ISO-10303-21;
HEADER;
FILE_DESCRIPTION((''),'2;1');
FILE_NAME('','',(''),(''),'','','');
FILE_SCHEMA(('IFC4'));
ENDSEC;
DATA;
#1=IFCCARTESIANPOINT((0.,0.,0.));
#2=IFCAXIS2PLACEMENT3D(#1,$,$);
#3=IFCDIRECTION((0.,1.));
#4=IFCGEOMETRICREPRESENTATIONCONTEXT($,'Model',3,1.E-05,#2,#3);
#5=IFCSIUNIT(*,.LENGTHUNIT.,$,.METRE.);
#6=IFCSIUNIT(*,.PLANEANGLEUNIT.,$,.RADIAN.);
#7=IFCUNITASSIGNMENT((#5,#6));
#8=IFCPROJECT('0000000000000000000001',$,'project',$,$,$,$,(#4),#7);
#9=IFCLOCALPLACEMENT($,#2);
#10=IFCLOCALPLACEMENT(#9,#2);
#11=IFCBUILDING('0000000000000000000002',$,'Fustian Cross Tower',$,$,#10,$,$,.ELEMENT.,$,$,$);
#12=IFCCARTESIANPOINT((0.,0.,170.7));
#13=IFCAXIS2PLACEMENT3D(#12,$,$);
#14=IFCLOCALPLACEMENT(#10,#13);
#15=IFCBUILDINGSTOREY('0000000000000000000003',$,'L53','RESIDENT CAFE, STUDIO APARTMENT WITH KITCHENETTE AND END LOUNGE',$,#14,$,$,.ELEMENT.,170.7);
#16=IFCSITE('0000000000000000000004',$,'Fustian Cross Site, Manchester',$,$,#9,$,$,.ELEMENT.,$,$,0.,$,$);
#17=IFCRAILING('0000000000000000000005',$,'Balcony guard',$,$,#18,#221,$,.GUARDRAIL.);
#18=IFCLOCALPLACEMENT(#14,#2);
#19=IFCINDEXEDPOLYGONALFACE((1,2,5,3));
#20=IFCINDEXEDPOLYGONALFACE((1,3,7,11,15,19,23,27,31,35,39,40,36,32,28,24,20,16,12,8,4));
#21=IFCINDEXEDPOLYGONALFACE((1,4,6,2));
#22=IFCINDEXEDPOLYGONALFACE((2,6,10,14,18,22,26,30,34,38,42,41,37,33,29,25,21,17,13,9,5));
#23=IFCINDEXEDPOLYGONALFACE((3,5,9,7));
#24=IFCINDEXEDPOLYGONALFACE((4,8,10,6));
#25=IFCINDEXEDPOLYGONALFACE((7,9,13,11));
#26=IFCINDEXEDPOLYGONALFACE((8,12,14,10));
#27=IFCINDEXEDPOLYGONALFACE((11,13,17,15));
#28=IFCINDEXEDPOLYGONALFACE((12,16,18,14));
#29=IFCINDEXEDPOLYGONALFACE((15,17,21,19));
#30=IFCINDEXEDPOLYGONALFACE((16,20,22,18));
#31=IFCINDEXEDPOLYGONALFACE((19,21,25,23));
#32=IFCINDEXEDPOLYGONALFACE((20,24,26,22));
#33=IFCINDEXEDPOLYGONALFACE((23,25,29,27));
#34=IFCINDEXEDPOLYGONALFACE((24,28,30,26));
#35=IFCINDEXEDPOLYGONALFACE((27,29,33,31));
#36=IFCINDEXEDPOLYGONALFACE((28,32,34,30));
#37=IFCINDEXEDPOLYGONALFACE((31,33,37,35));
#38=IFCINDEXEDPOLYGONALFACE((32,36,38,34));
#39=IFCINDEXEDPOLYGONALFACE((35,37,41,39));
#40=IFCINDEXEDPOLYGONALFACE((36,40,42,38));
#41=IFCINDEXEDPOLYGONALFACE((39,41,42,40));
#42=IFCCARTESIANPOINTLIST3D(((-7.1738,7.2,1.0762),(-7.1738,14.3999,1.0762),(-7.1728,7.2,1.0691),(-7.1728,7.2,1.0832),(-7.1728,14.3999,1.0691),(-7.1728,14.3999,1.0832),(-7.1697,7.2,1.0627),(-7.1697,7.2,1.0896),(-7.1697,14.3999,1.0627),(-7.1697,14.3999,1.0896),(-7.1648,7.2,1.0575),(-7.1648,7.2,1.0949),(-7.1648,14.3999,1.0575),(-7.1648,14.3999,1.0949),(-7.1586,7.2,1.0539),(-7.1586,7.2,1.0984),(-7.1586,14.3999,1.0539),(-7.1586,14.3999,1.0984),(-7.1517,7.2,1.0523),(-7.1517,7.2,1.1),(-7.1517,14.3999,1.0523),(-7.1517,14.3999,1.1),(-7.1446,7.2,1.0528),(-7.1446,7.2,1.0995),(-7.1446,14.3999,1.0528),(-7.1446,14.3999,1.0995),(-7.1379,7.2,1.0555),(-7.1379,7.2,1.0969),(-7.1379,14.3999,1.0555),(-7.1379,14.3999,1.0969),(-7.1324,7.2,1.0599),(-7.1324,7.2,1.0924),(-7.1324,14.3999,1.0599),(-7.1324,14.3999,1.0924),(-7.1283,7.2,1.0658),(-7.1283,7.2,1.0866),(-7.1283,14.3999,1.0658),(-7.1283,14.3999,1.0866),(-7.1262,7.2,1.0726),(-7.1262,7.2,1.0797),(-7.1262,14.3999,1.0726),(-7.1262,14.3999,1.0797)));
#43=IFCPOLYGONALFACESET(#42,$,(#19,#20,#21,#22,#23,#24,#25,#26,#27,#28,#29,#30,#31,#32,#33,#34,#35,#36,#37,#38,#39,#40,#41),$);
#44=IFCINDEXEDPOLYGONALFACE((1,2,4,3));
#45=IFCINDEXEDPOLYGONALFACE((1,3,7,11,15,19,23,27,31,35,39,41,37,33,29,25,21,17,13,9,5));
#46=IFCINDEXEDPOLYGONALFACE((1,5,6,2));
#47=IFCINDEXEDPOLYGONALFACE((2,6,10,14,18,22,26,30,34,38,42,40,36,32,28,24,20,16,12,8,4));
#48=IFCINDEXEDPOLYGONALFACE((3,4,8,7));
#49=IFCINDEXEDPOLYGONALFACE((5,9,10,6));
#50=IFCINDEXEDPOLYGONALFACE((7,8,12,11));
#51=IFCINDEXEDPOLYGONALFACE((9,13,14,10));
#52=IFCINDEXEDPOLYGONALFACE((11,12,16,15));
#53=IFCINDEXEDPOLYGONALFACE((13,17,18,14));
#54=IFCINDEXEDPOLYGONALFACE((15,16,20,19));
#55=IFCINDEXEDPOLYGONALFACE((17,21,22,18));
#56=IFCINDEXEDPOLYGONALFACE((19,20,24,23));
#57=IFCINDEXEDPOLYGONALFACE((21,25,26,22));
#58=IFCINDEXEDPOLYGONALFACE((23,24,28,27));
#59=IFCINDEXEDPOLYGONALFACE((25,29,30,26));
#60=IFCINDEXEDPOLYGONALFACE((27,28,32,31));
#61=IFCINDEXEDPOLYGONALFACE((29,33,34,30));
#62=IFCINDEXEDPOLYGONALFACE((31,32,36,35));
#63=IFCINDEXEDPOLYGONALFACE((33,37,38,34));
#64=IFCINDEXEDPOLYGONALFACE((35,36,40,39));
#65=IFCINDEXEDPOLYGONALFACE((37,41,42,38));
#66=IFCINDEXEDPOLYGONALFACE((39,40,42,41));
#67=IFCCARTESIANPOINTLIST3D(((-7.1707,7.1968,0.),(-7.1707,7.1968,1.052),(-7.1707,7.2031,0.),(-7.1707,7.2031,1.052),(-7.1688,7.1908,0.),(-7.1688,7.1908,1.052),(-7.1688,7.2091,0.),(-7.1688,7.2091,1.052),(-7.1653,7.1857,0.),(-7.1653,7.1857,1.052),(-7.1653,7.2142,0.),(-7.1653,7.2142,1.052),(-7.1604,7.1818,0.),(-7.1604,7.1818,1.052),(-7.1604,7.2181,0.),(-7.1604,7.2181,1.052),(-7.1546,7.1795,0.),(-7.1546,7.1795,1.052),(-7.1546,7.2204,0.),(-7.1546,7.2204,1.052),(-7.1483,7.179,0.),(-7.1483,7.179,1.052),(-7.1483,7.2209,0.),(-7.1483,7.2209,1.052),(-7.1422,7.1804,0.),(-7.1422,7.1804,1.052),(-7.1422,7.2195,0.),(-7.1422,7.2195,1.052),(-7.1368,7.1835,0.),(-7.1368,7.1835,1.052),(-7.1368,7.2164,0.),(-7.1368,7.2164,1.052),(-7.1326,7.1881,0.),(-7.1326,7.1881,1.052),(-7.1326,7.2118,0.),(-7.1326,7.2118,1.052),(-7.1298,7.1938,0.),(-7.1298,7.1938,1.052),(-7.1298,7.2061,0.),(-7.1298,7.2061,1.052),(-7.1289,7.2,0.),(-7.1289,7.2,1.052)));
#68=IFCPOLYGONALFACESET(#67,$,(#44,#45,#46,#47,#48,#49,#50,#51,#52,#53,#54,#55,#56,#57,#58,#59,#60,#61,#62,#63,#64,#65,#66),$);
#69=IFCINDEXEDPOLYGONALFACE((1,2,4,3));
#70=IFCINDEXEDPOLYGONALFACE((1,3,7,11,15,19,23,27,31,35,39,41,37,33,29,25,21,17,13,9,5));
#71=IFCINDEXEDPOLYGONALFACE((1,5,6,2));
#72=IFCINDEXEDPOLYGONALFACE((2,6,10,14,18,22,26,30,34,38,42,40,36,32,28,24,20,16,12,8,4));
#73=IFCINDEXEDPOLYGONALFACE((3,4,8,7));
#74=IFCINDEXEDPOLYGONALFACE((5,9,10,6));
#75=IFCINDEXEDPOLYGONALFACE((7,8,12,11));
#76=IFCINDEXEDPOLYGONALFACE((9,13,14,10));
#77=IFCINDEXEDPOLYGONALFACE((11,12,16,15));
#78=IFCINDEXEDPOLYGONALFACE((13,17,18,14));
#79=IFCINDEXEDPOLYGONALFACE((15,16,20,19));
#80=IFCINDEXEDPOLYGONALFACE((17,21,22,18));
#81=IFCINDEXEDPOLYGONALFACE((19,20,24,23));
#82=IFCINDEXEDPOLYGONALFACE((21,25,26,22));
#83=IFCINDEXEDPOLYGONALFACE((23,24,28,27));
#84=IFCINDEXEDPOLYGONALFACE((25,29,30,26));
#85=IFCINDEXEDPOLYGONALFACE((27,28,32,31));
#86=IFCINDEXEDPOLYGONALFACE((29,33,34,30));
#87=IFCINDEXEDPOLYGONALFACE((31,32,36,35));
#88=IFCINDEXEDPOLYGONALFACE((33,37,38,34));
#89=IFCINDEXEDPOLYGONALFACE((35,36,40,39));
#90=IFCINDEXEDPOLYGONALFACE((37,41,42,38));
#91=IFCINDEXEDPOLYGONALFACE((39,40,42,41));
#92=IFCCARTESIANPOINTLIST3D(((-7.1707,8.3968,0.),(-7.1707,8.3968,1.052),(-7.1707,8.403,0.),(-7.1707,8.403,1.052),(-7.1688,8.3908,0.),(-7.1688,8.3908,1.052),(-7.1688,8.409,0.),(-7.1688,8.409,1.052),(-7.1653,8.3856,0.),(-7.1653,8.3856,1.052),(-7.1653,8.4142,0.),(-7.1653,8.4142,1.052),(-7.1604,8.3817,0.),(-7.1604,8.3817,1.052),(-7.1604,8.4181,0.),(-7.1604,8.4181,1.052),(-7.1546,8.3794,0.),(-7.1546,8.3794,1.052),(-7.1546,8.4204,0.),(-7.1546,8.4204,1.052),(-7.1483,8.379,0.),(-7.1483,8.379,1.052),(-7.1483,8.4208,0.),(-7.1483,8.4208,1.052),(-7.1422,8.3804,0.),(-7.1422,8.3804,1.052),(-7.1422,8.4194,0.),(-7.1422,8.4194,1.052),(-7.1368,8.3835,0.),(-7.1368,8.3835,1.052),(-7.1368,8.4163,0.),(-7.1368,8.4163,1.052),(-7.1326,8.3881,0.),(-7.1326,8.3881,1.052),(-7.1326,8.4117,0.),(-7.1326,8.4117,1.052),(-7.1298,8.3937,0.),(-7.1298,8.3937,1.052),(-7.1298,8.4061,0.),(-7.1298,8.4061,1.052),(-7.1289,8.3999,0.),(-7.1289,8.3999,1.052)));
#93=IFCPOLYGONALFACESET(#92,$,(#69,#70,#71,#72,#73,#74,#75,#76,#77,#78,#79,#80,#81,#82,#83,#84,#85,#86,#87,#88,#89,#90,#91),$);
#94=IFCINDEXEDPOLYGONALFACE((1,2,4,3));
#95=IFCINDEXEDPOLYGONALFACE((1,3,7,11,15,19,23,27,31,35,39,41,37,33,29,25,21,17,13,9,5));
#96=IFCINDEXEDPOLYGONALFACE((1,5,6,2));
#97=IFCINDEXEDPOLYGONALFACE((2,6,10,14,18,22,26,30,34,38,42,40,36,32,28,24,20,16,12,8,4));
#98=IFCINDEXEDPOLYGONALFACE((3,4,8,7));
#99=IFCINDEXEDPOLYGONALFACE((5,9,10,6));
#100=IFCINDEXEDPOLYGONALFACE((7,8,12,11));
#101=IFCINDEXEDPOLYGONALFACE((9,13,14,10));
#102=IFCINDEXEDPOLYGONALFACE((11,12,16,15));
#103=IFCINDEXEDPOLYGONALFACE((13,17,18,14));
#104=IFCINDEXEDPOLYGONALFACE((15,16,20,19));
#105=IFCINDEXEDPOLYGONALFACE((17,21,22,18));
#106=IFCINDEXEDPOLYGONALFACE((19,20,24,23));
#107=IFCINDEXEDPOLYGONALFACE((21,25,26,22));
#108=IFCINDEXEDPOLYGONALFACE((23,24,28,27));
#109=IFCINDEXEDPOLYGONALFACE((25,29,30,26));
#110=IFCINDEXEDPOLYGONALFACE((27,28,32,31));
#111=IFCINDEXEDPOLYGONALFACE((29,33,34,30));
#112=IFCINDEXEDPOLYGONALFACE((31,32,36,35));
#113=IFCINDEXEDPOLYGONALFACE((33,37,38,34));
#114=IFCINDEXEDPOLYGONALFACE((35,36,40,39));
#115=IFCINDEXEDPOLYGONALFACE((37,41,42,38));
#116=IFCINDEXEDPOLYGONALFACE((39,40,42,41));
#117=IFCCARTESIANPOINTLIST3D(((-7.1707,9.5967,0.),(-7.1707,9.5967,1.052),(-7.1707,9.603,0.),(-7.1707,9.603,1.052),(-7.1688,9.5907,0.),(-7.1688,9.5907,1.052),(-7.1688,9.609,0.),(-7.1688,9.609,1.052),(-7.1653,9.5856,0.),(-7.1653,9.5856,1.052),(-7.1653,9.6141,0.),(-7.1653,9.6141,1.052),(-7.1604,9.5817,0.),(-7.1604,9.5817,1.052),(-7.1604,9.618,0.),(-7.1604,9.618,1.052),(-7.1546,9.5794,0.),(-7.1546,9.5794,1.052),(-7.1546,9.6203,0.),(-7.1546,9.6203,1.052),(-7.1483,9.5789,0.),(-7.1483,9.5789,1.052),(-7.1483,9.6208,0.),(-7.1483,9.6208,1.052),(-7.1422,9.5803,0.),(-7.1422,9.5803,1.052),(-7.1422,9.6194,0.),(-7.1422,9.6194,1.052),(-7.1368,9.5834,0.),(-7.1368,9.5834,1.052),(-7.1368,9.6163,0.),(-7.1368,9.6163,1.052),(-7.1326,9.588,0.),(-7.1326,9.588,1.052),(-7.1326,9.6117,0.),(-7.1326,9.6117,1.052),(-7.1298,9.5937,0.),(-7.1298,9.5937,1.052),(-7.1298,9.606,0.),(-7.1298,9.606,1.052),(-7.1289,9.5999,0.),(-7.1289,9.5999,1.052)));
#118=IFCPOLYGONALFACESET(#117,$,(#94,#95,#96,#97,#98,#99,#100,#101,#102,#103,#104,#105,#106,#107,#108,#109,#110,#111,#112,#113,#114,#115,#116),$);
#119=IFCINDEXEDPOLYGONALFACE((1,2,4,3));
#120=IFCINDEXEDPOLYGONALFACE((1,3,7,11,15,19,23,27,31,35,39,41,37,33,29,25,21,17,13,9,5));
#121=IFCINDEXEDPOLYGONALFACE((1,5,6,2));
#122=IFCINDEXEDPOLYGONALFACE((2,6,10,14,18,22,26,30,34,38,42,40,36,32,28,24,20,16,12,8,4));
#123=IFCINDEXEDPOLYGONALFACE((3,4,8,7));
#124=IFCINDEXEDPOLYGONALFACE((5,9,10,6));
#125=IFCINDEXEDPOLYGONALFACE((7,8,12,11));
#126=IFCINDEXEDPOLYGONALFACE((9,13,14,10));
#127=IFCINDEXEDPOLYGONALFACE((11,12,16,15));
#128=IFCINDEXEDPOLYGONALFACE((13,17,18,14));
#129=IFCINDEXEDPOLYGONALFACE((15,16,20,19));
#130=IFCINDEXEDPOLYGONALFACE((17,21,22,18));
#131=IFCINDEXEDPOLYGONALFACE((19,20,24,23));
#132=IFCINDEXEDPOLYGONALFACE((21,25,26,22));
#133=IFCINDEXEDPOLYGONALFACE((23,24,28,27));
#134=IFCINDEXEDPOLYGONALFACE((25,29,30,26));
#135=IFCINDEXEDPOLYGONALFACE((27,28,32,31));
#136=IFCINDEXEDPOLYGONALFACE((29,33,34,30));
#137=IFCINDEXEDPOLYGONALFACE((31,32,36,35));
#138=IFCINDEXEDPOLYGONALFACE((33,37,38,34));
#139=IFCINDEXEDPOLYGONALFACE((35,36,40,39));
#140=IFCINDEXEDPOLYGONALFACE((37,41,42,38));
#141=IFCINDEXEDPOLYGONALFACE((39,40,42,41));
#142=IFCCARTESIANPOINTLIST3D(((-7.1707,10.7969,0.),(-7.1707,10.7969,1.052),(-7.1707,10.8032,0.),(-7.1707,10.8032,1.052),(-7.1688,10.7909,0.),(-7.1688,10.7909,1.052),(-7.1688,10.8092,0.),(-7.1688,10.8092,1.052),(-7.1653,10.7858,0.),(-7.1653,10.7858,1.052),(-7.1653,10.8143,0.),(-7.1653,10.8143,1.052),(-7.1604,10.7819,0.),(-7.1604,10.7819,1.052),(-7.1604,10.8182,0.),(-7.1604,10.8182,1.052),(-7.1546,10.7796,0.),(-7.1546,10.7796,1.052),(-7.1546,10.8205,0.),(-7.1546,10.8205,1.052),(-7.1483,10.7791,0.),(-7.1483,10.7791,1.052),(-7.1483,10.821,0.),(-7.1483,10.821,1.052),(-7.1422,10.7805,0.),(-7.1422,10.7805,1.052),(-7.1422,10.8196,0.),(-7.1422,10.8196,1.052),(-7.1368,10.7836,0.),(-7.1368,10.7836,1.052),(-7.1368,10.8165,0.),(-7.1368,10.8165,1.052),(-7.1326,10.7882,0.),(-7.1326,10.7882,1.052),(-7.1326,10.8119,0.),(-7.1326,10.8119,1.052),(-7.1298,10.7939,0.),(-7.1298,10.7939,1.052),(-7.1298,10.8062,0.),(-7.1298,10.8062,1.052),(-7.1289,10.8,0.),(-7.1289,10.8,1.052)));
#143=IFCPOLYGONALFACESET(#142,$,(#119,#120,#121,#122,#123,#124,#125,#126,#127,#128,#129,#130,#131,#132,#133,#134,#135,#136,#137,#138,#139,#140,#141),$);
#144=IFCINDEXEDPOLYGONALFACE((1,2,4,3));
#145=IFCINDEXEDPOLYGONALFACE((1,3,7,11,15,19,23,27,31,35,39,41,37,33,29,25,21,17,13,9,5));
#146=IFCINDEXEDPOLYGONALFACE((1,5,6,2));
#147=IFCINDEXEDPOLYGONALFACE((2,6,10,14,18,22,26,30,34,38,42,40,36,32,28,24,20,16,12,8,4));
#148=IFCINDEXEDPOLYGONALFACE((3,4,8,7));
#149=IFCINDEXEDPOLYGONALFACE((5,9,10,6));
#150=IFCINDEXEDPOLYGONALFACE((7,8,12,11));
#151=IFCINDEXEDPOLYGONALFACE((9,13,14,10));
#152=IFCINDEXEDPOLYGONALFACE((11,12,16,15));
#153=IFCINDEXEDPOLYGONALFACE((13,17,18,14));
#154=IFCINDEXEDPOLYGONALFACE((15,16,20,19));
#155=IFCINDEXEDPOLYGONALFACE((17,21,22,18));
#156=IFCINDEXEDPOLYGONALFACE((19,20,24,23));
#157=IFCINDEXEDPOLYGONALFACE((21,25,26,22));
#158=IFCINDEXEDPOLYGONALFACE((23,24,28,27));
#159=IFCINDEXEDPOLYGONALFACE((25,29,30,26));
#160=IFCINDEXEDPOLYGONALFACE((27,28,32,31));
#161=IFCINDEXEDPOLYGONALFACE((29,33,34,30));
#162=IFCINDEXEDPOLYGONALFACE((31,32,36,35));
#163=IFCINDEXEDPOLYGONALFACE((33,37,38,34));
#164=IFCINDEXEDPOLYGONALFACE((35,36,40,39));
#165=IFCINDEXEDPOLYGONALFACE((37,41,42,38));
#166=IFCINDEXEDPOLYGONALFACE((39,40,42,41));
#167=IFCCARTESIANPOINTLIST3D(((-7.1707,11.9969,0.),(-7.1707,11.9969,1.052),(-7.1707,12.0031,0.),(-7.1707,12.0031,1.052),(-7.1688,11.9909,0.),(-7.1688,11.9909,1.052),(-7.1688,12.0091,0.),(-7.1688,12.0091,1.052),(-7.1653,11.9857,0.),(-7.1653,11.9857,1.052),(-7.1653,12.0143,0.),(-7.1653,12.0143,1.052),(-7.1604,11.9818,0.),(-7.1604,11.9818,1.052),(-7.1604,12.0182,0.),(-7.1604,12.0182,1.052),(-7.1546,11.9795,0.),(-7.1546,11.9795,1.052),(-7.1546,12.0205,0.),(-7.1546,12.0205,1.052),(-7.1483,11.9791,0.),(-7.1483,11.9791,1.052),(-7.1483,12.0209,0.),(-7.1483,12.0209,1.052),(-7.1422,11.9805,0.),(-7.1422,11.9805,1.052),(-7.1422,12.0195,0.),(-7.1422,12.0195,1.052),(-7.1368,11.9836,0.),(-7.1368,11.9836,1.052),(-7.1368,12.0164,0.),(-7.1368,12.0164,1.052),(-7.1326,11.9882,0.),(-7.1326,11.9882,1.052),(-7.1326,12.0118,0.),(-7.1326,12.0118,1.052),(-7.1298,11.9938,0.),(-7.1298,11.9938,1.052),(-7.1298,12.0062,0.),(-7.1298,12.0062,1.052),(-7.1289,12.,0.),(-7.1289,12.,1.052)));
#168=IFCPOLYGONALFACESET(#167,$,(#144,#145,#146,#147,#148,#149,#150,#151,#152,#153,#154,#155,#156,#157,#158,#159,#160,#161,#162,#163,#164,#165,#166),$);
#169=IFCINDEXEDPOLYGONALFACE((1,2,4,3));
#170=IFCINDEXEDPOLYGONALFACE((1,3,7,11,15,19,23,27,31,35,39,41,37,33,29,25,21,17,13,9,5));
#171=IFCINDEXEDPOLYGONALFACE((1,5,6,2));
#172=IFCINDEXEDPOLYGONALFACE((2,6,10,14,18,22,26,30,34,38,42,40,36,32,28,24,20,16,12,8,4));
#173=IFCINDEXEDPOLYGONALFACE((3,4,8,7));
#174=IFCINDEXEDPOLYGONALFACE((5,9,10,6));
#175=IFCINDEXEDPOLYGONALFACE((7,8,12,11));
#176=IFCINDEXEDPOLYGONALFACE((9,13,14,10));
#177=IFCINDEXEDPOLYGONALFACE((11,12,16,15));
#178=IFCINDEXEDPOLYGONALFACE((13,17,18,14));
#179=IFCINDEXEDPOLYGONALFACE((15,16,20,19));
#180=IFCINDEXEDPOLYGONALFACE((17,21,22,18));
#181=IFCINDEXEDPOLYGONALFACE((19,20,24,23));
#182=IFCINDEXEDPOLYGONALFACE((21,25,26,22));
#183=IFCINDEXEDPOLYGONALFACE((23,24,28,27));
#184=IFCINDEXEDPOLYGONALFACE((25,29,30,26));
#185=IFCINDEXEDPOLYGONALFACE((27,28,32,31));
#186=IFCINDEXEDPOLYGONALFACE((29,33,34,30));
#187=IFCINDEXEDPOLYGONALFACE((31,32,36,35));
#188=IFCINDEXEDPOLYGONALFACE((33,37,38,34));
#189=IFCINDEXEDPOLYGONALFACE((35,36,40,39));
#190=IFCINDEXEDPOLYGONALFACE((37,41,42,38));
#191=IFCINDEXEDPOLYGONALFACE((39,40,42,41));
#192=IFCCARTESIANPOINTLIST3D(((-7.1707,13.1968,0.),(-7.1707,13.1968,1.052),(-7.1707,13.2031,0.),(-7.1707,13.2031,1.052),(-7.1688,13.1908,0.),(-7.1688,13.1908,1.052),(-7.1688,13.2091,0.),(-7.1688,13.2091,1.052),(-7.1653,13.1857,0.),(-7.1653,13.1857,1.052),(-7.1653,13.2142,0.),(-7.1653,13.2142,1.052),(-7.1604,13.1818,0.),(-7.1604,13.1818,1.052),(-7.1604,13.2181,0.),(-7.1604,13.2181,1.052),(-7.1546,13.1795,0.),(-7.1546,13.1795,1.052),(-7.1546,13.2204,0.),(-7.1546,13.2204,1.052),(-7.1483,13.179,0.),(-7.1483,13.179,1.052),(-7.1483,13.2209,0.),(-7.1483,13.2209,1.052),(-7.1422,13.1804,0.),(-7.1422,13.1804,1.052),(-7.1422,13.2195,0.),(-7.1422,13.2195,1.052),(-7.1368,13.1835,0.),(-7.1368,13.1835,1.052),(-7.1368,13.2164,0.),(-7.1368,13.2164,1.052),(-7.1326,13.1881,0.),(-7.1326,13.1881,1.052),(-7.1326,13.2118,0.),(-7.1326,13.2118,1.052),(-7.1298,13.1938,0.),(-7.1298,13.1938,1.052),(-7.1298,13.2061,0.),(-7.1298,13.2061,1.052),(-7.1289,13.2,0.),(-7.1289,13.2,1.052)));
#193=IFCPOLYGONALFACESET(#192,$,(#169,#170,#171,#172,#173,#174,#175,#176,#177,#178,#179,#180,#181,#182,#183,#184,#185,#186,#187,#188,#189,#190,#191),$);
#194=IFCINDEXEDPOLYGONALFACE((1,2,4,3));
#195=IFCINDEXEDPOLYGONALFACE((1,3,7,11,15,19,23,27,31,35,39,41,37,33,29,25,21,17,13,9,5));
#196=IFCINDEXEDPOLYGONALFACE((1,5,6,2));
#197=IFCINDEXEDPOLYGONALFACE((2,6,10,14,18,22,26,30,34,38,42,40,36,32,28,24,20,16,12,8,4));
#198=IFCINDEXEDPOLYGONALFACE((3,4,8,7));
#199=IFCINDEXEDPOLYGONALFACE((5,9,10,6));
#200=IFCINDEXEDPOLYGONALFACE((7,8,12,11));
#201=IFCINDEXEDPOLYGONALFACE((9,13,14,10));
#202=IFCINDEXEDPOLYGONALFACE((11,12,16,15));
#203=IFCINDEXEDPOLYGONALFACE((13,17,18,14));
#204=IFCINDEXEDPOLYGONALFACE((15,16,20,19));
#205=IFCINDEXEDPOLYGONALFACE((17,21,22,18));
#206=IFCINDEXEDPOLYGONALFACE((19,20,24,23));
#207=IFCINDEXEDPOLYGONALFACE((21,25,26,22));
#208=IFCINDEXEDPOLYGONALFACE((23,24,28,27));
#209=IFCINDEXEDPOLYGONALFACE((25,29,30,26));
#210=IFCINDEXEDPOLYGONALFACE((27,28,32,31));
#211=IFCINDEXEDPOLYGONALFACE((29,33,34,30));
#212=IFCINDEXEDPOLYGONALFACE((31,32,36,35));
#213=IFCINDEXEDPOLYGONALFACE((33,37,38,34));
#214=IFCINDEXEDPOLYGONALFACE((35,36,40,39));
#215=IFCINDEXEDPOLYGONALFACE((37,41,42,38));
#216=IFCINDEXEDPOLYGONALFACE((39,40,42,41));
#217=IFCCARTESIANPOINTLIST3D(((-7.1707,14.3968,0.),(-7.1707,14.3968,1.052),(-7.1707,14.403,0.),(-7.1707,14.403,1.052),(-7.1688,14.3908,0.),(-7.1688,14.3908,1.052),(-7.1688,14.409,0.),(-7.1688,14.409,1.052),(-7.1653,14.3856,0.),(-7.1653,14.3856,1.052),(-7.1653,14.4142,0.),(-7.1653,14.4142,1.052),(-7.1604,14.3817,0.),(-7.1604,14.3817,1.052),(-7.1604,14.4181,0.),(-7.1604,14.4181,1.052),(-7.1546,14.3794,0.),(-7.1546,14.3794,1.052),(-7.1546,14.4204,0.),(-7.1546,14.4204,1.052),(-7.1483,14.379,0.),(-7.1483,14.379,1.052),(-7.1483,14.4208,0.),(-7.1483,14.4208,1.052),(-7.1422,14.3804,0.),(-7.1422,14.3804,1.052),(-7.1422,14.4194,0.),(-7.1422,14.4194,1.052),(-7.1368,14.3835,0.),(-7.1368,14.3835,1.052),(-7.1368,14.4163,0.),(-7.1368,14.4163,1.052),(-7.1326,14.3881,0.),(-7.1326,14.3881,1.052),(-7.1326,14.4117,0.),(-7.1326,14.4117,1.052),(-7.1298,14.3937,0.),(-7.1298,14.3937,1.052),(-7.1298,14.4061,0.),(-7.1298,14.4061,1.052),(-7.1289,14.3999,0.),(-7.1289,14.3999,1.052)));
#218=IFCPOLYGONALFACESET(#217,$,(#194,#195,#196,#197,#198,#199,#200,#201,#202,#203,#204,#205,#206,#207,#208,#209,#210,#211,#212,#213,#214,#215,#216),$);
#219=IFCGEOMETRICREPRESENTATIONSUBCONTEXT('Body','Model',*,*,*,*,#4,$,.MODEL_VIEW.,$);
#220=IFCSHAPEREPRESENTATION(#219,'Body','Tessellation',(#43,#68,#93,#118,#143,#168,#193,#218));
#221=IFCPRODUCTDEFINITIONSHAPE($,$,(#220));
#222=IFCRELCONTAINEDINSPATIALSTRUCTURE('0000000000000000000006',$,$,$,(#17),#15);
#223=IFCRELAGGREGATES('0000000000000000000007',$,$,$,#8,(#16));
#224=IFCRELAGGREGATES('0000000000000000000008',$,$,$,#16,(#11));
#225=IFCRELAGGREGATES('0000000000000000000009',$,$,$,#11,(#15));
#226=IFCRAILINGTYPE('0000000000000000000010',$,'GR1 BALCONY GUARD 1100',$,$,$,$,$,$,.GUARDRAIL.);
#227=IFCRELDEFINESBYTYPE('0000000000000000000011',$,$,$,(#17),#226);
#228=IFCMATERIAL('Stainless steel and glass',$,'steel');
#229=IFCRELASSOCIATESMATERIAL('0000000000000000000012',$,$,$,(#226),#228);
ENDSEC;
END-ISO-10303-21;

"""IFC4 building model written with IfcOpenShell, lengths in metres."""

from ifc_helpers import new_model, si_unit, direction, frame, origin, origin_2d, place, context, subcontext, project, spatial, circle, extrude, material, type_object, element, save


model = new_model("IFC4")

# Units and contexts
model_context = context("Model", 3, precision=1e-05, world=origin(), true_north=direction((0.0, 1.0)))
body_context = subcontext(model_context, "Body", "Model", "MODEL_VIEW")
ifc_project = project(units=[si_unit("LENGTHUNIT", "METRE"), si_unit("PLANEANGLEUNIT", "RADIAN")], contexts=[model_context])

# Site, building, storey
site_placement = place(None, origin())
site = spatial("IfcSite", under=ifc_project, at=site_placement, Name="Fustian Cross Site, Manchester", CompositionType="ELEMENT", RefElevation=0.0)
building_placement = place(site_placement, origin())
building = spatial("IfcBuilding", under=site, at=building_placement, Name="Fustian Cross Tower", CompositionType="ELEMENT")
storey_placement = place(building_placement, frame((0.0, 0.0, 170.7)))
storey = spatial("IfcBuildingStorey", under=building, at=storey_placement, Name="L53", Description="RESIDENT CAFE, STUDIO APARTMENT WITH KITCHENETTE AND END LOUNGE", CompositionType="ELEMENT", Elevation=170.7)

# Railing
ifc_material_1 = material(Name="Stainless steel and glass", Category="steel")
railing_type = type_object("IfcRailingType", Name="GR1 BALCONY GUARD 1100", PredefinedType="GUARDRAIL", material=ifc_material_1)
railing_placement = place(storey_placement, frame((-7.1499, 7.2, 0.0)))
element("IfcRailing", 1, at=railing_placement, inside=storey, type_object=railing_type, Name="Balcony guard", PredefinedType="GUARDRAIL", context=body_context, shape_type="SweptSolid", body=[
    extrude(circle(Radius=0.0239, at=origin_2d()), frame((0.0, 0.0, 1.0762), z_axis=(0.0, 1.0, 0.0), x_axis=(-1.0, 0.0, 0.0)), (0.0, 0.0, 1.0), 7.2),
    extrude(circle(Radius=0.021, at=origin_2d()), origin(), (0.0, 0.0, 1.0), 1.052),
    extrude(circle(Radius=0.021, at=origin_2d()), frame((0.0, 1.2, 0.0)), (0.0, 0.0, 1.0), 1.052),
    extrude(circle(Radius=0.021, at=origin_2d()), frame((0.0, 2.3999, 0.0)), (0.0, 0.0, 1.0), 1.052),
    extrude(circle(Radius=0.021, at=origin_2d()), frame((0.0, 3.6001, 0.0)), (0.0, 0.0, 1.0), 1.052),
    extrude(circle(Radius=0.021, at=origin_2d()), frame((0.0, 4.8, 0.0)), (0.0, 0.0, 1.0), 1.052),
    extrude(circle(Radius=0.021, at=origin_2d()), frame((0.0, 6.0, 0.0)), (0.0, 0.0, 1.0), 1.052),
    extrude(circle(Radius=0.021, at=origin_2d()), frame((0.0, 7.2, 0.0)), (0.0, 0.0, 1.0), 1.052),
])

save(model, "model.ifc")
